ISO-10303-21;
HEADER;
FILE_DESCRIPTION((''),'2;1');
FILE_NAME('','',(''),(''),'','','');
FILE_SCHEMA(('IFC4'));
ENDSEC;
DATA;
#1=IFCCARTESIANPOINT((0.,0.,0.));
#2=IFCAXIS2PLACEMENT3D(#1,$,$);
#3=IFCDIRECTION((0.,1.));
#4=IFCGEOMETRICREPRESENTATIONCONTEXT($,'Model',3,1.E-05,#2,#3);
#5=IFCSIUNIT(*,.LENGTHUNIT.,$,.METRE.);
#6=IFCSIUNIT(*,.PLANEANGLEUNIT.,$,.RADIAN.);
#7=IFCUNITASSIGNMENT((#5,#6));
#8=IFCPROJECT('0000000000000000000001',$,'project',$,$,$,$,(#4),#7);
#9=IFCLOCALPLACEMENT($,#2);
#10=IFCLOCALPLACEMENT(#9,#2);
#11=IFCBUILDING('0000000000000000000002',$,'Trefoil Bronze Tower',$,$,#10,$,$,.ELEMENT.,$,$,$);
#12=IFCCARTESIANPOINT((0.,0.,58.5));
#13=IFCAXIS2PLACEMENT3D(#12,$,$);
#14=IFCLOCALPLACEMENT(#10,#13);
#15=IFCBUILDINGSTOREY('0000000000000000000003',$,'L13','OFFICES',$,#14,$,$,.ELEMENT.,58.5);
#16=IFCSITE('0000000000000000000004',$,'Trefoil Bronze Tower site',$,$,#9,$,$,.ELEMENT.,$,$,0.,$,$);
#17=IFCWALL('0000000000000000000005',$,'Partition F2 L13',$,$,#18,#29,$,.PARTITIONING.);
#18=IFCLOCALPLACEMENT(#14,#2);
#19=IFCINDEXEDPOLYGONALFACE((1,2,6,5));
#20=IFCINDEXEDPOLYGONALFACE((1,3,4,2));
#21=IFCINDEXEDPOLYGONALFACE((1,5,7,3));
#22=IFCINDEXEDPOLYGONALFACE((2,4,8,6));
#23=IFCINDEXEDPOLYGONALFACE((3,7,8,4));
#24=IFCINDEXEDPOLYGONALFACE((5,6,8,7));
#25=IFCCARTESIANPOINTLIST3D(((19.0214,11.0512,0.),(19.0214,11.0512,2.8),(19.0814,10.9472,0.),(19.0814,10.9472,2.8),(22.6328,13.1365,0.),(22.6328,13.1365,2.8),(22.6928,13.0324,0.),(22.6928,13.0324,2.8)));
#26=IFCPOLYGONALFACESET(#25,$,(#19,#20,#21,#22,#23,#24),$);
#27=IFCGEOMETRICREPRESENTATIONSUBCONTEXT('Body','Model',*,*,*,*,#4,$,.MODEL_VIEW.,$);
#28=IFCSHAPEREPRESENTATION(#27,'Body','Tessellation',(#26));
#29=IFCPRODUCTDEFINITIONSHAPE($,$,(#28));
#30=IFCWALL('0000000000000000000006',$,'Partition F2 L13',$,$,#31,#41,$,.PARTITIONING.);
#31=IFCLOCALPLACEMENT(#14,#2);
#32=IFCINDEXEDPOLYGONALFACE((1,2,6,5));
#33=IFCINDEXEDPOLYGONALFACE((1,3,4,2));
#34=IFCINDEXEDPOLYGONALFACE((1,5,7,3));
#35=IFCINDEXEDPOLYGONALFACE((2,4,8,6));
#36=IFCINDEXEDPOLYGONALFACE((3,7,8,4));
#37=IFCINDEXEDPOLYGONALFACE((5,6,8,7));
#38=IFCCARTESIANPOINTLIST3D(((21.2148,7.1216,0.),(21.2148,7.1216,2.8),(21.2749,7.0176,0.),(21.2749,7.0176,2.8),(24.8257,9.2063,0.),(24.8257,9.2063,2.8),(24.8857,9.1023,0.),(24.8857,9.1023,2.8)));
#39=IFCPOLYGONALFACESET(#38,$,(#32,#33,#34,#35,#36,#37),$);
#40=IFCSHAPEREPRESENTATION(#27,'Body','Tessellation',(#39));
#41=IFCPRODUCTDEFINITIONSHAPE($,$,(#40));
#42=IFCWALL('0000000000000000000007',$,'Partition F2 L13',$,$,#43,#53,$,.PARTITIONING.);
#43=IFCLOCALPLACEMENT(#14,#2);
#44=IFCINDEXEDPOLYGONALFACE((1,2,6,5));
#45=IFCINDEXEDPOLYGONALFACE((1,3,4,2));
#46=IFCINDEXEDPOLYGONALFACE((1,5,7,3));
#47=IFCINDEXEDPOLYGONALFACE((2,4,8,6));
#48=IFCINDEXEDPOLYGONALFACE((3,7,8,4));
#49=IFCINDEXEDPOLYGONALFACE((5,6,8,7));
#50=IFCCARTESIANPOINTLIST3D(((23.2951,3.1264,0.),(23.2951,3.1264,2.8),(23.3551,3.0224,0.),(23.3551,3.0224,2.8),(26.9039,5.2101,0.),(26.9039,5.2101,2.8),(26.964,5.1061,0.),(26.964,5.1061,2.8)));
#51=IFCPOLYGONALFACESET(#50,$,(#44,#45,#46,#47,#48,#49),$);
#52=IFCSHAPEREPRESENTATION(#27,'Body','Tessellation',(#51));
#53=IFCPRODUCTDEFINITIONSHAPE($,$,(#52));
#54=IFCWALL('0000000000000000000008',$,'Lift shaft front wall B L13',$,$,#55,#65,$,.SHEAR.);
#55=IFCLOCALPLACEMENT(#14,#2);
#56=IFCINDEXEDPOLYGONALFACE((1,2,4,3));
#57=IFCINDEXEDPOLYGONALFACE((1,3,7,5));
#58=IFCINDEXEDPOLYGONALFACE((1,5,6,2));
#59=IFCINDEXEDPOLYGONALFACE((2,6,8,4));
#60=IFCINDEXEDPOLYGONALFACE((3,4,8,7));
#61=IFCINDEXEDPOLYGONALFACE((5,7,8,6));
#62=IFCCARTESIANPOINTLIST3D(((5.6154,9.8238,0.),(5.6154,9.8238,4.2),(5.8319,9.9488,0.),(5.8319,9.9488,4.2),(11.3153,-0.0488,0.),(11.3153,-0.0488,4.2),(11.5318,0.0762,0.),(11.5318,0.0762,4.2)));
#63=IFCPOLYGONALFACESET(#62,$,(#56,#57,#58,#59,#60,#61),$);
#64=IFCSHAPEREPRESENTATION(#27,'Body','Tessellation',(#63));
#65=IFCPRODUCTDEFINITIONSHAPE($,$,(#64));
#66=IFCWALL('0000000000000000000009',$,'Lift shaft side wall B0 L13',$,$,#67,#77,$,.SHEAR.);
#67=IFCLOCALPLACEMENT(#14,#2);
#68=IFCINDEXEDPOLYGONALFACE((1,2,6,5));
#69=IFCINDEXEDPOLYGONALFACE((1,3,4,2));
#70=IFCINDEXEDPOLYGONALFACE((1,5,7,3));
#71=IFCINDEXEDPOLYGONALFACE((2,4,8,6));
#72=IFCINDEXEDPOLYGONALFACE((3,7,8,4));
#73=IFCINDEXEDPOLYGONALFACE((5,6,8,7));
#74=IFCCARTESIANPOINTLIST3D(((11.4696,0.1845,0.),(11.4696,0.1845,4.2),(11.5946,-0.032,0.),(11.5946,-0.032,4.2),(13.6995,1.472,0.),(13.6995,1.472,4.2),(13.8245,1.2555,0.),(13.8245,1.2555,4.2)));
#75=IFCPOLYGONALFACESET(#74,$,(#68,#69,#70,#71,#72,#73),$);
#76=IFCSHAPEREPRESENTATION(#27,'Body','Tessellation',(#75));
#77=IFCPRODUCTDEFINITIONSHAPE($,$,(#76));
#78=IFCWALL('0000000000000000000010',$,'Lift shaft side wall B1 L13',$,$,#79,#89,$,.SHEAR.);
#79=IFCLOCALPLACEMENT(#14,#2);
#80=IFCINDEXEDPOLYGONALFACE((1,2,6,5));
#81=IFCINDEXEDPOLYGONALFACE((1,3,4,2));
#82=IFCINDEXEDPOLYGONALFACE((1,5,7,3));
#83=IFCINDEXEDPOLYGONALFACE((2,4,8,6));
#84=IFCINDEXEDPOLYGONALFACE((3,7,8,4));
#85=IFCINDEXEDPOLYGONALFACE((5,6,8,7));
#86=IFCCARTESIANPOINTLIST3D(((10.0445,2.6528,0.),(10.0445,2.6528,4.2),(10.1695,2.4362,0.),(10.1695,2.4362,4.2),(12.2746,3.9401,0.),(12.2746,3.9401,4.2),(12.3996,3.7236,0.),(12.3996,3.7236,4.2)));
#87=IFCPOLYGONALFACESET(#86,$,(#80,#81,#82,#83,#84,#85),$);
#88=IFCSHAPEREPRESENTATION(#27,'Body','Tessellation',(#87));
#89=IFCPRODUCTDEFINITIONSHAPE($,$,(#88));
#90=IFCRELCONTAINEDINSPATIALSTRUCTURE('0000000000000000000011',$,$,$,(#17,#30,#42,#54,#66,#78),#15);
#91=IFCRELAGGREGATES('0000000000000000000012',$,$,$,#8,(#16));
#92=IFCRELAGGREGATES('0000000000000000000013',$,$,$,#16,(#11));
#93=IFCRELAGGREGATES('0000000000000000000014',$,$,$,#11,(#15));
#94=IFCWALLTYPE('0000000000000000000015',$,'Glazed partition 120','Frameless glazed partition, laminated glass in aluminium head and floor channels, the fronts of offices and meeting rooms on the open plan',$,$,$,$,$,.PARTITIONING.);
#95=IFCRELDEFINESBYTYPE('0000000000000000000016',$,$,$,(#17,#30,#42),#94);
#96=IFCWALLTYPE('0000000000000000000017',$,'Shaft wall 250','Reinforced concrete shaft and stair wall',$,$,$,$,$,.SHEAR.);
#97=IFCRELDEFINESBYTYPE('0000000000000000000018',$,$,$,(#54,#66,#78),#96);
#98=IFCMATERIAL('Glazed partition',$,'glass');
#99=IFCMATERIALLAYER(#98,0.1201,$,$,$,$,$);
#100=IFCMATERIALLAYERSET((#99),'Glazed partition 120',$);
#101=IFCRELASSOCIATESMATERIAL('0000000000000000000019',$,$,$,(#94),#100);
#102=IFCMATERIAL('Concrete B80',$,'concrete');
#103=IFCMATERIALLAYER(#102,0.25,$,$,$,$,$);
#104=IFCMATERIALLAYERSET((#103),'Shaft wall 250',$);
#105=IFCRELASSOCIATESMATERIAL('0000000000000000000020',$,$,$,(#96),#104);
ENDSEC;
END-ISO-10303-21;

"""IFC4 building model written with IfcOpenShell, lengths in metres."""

from ifc_helpers import new_model, si_unit, direction, frame, frame_2d, origin, place, context, subcontext, project, spatial, rectangle, extrude, material, layer, layer_set, type_object, element, save


model = new_model("IFC4")

# Units and contexts
model_context = context("Model", 3, precision=1e-05, world=origin(), true_north=direction((0.0, 1.0)))
body_context = subcontext(model_context, "Body", "Model", "MODEL_VIEW")
ifc_project = project(units=[si_unit("LENGTHUNIT", "METRE"), si_unit("PLANEANGLEUNIT", "RADIAN")], contexts=[model_context])

# Site, building, storey
site_placement = place(None, origin())
site = spatial("IfcSite", under=ifc_project, at=site_placement, Name="Trefoil Bronze Tower site", CompositionType="ELEMENT", RefElevation=0.0)
building_placement = place(site_placement, origin())
building = spatial("IfcBuilding", under=site, at=building_placement, Name="Trefoil Bronze Tower", CompositionType="ELEMENT")
storey_placement = place(building_placement, frame((0.0, 0.0, 58.5)))
storey = spatial("IfcBuildingStorey", under=building, at=storey_placement, Name="L13", Description="OFFICES", CompositionType="ELEMENT", Elevation=58.5)

# Shared definitions
ifc_material_1 = material(Name="Glazed partition", Category="glass")
ifc_layer_1 = layer(ifc_material_1, 0.1201)
ifc_layer_set_1 = layer_set([ifc_layer_1], Name="Glazed partition 120")
wall_type_1 = type_object("IfcWallType", Name="Glazed partition 120", Description="Frameless glazed partition, laminated glass in aluminium head and floor channels, the fronts of offices and meeting rooms on the open plan", PredefinedType="PARTITIONING", material=ifc_layer_set_1)

# Walls
wall_1_placement = place(storey_placement, frame((19.0515, 10.9993, 0.0), z_axis=(0.0, 0.0, 1.0), x_axis=(0.866004, 0.500037, 0.0)))
element("IfcWall", 1, at=wall_1_placement, inside=storey, type_object=wall_type_1, Name="Partition F2 L13", PredefinedType="PARTITIONING", context=body_context, shape_type="SweptSolid", body=[
    extrude(rectangle(XDim=4.1702, YDim=0.1201, at=frame_2d((2.085, 0.0))), origin(), (0.0, 0.0, 1.0), 2.8),
])
wall_2_placement = place(storey_placement, frame((21.2449, 7.0696, 0.0), z_axis=(0.0, 0.0, 1.0), x_axis=(0.866026, 0.5, 0.0)))
element("IfcWall", 2, at=wall_2_placement, inside=storey, type_object=wall_type_1, Name="Partition F2 L13", PredefinedType="PARTITIONING", context=body_context, shape_type="SweptSolid", body=[
    extrude(rectangle(XDim=4.1694, YDim=0.1201, at=frame_2d((2.0847, 0.0))), origin(), (0.0, 0.0, 1.0), 2.8),
])
wall_3_placement = place(storey_placement, frame((23.3252, 3.0745, 0.0), z_axis=(0.0, 0.0, 1.0), x_axis=(0.86601, 0.500027, 0.0)))
element("IfcWall", 3, at=wall_3_placement, inside=storey, type_object=wall_type_1, Name="Partition F2 L13", PredefinedType="PARTITIONING", context=body_context, shape_type="SweptSolid", body=[
    extrude(rectangle(XDim=4.1672, YDim=0.1201, at=frame_2d((2.0835, 0.0))), origin(), (0.0, 0.0, 1.0), 2.8),
])
ifc_material_2 = material(Name="Concrete B80", Category="concrete")
ifc_layer_2 = layer(ifc_material_2, 0.25)
ifc_layer_set_2 = layer_set([ifc_layer_2], Name="Shaft wall 250")
wall_type_2 = type_object("IfcWallType", Name="Shaft wall 250", Description="Reinforced concrete shaft and stair wall", PredefinedType="SHEAR", material=ifc_layer_set_2)
wall_4_placement = place(storey_placement, frame((11.4236, 0.0137, 0.0), z_axis=(0.0, 0.0, 1.0), x_axis=(-0.500002, 0.866024, 0.0)))
element("IfcWall", 4, at=wall_4_placement, inside=storey, type_object=wall_type_2, Name="Lift shaft front wall B L13", PredefinedType="SHEAR", context=body_context, shape_type="SweptSolid", body=[
    extrude(rectangle(XDim=11.3999, YDim=0.25, at=frame_2d((5.7, 0.0))), origin(), (0.0, 0.0, 1.0), 4.2),
])
for number, where, z_axis, x_axis, name in (
    (5, (11.532, 0.0762, 0.0), (0.0, 0.0, 1.0), (0.866006, 0.500034, 0.0), "Lift shaft side wall B0 L13"),
    (6, (10.1069, 2.5444, 0.0), (0.0, 0.0, 1.0), (0.866047, 0.499963, 0.0), "Lift shaft side wall B1 L13"),
):
    element("IfcWall", number, at=place(storey_placement, frame(where, z_axis=z_axis, x_axis=x_axis)), inside=storey, type_object=wall_type_2, Name=name, PredefinedType="SHEAR", context=body_context, shape_type="SweptSolid", body=[
        extrude(rectangle(XDim=2.575, YDim=0.25, at=frame_2d((1.2876, 0.0))), origin(), (0.0, 0.0, 1.0), 4.2),
    ])

save(model, "model.ifc")
